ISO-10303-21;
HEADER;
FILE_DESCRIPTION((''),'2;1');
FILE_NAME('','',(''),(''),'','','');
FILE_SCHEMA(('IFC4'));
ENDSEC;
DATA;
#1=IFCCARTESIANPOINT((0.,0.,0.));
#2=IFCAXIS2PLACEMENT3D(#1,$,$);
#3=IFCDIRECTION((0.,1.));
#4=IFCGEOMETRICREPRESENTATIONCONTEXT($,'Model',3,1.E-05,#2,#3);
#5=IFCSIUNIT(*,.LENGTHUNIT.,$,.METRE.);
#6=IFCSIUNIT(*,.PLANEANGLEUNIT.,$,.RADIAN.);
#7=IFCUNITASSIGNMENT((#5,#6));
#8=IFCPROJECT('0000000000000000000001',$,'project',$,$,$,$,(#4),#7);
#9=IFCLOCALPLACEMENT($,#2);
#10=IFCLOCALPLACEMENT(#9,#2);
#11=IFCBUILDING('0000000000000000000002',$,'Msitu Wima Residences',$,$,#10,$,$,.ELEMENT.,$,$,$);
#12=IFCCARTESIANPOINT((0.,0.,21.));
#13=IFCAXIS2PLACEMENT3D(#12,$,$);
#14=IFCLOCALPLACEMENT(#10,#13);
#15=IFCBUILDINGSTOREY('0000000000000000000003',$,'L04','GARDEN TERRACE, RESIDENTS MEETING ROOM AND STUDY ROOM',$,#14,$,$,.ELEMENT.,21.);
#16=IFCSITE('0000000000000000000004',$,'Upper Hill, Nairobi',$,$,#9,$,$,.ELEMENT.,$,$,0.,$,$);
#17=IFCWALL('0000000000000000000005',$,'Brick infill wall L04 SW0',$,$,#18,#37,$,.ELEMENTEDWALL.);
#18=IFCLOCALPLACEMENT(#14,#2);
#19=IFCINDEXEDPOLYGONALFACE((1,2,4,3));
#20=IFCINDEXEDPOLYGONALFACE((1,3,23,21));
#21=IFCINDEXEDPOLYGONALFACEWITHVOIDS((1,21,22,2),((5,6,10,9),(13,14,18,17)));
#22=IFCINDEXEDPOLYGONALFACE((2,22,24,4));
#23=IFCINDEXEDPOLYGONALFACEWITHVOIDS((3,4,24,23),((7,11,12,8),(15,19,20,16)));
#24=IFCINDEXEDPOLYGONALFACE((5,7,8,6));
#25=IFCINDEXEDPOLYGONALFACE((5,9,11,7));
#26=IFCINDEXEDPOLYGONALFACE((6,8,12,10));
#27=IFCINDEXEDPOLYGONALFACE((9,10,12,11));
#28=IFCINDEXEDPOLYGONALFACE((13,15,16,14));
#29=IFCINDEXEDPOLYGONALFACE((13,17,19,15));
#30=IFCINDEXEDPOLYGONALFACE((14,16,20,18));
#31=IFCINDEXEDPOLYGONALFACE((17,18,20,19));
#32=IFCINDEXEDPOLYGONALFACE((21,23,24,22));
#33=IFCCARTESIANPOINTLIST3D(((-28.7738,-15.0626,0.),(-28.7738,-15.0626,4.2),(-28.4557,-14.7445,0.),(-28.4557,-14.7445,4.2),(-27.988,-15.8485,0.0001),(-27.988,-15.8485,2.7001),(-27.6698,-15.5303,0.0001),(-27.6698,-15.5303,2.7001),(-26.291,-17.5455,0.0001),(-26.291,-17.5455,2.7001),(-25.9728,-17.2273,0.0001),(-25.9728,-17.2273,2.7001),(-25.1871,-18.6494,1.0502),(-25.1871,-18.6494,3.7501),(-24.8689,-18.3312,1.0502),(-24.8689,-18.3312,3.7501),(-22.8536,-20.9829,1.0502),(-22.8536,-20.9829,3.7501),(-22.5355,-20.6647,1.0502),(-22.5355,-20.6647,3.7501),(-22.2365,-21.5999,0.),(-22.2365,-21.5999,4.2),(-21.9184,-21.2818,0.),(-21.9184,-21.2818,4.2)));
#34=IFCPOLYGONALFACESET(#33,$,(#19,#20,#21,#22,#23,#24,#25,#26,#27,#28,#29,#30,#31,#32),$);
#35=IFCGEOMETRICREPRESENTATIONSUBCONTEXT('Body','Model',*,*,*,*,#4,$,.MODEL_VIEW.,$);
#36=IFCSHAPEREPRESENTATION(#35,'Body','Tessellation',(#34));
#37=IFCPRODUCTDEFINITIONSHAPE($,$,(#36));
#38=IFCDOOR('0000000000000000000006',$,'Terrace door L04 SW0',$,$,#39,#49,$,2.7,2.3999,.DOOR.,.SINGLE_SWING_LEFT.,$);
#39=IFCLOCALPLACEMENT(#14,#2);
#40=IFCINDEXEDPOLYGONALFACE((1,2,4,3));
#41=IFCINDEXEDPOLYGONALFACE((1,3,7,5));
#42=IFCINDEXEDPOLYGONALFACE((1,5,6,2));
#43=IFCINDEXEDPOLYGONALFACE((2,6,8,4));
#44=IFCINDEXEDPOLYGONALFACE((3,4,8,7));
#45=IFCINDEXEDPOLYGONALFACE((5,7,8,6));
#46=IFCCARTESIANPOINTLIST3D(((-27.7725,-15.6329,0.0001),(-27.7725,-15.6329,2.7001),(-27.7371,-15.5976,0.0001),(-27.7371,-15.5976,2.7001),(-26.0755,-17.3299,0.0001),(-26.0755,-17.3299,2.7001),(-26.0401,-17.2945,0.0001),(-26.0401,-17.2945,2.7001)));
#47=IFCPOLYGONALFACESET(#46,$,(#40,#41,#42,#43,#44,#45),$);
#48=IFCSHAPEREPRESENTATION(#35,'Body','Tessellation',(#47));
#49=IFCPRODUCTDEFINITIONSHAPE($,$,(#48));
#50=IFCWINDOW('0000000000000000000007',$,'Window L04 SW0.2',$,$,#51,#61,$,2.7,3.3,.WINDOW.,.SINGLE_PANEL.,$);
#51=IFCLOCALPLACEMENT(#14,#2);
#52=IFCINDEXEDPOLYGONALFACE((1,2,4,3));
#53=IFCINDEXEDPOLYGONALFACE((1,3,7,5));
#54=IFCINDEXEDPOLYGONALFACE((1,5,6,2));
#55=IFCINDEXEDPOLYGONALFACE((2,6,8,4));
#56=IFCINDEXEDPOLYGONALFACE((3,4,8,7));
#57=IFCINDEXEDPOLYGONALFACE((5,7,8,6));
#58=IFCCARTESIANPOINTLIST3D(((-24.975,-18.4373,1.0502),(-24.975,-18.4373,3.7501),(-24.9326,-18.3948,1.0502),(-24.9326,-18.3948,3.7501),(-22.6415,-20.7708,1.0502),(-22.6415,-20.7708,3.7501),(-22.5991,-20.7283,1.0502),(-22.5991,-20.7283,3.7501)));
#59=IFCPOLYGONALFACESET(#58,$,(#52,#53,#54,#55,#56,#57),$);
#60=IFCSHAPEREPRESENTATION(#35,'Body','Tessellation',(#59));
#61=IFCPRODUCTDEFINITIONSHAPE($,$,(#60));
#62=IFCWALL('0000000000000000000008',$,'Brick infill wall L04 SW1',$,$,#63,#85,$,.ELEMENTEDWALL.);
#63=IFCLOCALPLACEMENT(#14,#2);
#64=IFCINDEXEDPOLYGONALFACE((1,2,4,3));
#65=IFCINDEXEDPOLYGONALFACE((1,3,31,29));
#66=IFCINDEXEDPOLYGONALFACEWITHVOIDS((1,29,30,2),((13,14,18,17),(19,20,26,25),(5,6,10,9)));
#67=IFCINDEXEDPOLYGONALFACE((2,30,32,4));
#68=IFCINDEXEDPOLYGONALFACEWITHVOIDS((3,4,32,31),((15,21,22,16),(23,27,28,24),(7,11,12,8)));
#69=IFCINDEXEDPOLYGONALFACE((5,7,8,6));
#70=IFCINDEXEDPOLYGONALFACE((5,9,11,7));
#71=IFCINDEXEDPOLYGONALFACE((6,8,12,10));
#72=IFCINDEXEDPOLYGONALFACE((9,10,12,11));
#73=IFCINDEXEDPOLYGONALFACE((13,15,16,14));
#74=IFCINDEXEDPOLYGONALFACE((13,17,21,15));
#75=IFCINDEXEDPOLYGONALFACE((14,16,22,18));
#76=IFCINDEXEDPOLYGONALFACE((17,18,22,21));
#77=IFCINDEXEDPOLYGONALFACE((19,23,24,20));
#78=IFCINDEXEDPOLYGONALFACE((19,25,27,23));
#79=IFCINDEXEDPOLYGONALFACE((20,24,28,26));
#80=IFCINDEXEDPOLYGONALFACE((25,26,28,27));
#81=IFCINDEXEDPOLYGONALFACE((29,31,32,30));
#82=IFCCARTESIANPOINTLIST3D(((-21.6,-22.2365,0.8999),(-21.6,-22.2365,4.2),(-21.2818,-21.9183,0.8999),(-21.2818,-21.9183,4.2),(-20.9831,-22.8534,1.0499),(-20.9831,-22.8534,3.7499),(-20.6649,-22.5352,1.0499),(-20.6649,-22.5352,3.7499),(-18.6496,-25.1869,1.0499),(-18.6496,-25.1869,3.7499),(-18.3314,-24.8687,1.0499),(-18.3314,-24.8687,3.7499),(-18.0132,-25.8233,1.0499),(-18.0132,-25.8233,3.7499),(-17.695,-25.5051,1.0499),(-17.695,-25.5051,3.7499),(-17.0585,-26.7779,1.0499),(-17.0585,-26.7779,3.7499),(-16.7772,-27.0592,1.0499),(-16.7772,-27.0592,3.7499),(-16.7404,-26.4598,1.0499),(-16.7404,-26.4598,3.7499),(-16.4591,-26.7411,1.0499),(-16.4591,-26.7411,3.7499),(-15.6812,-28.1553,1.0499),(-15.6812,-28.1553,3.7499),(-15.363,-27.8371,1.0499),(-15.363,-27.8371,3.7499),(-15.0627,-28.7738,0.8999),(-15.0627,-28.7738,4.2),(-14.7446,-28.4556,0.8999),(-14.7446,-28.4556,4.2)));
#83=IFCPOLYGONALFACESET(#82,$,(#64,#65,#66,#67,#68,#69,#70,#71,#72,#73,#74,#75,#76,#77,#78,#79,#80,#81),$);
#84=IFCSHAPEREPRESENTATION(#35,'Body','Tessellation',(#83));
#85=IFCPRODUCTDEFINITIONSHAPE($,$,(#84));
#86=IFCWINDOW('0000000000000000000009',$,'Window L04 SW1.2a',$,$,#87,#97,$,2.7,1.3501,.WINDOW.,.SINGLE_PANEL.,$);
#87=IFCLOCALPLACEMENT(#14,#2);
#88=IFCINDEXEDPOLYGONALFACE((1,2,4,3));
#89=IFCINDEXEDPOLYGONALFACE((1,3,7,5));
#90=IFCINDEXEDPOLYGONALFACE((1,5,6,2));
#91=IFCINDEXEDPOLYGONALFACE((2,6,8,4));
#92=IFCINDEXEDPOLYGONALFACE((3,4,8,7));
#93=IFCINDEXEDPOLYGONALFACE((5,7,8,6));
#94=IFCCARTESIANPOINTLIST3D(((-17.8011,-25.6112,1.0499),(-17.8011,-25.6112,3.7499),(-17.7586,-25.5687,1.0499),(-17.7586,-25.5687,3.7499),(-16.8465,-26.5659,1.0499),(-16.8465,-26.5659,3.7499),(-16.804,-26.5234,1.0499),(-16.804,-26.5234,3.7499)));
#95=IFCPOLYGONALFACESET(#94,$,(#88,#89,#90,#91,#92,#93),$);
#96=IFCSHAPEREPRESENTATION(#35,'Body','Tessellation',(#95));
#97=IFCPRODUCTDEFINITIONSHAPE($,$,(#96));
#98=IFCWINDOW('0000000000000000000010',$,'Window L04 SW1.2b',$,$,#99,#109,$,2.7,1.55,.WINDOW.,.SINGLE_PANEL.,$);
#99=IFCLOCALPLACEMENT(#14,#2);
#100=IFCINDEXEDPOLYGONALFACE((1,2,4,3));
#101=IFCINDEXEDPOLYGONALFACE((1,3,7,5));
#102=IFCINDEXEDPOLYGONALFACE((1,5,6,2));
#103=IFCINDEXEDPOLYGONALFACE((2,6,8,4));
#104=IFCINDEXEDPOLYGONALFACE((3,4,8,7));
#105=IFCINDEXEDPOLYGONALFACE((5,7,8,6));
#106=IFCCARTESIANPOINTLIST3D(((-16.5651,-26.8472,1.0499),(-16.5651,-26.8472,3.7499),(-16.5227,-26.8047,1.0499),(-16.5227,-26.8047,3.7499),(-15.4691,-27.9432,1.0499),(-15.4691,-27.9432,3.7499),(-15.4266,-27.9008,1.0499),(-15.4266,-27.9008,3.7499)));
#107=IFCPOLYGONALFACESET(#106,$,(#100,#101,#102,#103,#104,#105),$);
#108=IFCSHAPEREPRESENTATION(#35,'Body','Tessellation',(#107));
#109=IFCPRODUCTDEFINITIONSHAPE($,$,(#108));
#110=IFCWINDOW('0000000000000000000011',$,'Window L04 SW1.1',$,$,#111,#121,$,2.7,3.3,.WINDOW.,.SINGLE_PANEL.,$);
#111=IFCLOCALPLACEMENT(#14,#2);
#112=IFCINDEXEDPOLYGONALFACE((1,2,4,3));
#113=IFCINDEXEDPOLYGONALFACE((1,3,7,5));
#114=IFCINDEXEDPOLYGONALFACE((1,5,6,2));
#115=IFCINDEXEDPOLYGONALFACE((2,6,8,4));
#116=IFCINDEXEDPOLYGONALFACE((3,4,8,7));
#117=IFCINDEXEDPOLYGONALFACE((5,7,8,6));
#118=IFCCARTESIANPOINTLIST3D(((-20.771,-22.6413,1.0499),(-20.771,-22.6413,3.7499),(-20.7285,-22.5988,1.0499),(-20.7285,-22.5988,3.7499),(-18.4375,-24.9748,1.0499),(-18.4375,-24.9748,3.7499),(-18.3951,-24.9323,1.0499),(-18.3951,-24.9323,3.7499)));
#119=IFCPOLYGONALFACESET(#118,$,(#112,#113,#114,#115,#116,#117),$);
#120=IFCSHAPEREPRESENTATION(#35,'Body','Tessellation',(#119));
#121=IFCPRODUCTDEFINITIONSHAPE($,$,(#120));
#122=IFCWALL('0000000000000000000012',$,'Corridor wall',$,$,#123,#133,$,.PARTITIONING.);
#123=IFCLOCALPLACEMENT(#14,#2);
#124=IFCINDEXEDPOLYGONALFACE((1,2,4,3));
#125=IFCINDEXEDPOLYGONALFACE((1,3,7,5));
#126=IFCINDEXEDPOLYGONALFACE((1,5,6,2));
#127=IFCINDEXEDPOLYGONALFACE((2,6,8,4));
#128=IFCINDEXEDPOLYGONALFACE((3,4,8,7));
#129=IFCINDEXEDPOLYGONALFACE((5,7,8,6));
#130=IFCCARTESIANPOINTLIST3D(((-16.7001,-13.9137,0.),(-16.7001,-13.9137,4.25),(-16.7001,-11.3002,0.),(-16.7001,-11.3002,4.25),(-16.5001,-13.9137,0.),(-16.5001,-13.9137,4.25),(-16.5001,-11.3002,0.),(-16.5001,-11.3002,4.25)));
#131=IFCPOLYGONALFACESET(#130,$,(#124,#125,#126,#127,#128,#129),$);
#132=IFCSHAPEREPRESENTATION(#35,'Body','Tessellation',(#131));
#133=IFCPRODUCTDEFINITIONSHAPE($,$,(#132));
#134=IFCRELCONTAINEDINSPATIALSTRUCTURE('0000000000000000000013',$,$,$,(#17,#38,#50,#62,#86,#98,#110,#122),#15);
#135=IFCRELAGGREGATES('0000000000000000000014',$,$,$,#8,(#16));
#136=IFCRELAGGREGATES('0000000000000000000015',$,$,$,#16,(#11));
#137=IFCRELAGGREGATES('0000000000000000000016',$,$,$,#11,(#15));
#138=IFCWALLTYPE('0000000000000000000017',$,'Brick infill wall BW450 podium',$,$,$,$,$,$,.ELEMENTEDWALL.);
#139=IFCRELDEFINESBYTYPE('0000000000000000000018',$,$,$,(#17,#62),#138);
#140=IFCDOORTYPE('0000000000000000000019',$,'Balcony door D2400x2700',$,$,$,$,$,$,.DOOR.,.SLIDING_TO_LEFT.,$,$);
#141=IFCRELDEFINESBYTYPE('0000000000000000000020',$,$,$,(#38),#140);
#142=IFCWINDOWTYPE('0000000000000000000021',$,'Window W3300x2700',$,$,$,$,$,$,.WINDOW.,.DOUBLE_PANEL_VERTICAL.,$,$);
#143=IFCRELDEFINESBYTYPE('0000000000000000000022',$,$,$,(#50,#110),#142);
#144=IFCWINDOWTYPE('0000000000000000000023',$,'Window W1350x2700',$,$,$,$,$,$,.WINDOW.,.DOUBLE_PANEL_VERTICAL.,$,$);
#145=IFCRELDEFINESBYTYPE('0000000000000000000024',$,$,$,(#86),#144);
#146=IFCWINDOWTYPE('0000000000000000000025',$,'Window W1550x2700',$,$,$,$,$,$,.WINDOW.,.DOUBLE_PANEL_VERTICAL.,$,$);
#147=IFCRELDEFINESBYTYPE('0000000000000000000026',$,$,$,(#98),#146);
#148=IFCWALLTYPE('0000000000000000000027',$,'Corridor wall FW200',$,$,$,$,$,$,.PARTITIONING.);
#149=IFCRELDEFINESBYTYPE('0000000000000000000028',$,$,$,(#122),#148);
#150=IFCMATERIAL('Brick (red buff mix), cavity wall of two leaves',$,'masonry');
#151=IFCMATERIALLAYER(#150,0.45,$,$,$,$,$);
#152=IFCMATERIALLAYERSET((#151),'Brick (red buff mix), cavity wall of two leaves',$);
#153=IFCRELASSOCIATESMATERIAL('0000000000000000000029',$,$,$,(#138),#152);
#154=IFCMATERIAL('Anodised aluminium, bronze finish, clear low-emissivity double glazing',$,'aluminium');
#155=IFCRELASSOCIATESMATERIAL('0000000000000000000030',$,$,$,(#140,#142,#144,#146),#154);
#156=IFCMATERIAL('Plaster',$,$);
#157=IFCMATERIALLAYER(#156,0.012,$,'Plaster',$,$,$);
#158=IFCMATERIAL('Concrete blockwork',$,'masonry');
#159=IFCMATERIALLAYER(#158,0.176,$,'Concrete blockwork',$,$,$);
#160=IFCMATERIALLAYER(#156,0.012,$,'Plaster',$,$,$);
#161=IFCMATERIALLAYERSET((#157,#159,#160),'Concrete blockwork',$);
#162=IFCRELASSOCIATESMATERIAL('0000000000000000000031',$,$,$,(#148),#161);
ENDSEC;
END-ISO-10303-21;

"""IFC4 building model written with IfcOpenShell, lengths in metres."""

from ifc_helpers import new_model, si_unit, direction, frame, frame_2d, origin, place, context, subcontext, project, spatial, rectangle, extrude, material, layer, layer_set, type_object, element, fill, save


model = new_model("IFC4")

# Units and contexts
model_context = context("Model", 3, precision=1e-05, world=origin(), true_north=direction((0.0, 1.0)))
body_context = subcontext(model_context, "Body", "Model", "MODEL_VIEW")
ifc_project = project(units=[si_unit("LENGTHUNIT", "METRE"), si_unit("PLANEANGLEUNIT", "RADIAN")], contexts=[model_context])

# Site, building, storey
site_placement = place(None, origin())
site = spatial("IfcSite", under=ifc_project, at=site_placement, Name="Upper Hill, Nairobi", CompositionType="ELEMENT", RefElevation=0.0)
building_placement = place(site_placement, origin())
building = spatial("IfcBuilding", under=site, at=building_placement, Name="Msitu Wima Residences", CompositionType="ELEMENT")
storey_placement = place(building_placement, frame((0.0, 0.0, 21.0)))
storey = spatial("IfcBuildingStorey", under=building, at=storey_placement, Name="L04", Description="GARDEN TERRACE, RESIDENTS MEETING ROOM AND STUDY ROOM", CompositionType="ELEMENT", Elevation=21.0)

# Wall, openings, door, window
ifc_material_1 = material(Name="Brick (red buff mix), cavity wall of two leaves", Category="masonry")
ifc_layer_1 = layer(ifc_material_1, 0.45)
ifc_layer_set_1 = layer_set([ifc_layer_1], Name="Brick (red buff mix), cavity wall of two leaves")
wall_type_1 = type_object("IfcWallType", Name="Brick infill wall BW450 podium", PredefinedType="ELEMENTEDWALL", material=ifc_layer_set_1)
wall_1_placement = place(storey_placement, frame((-28.6147, -14.9036, 0.0), z_axis=(0.0, 0.0, 1.0), x_axis=(0.707107, -0.707107, 0.0)))
wall_1 = element("IfcWall", 1, at=wall_1_placement, inside=storey, type_object=wall_type_1, Name="Brick infill wall L04 SW0", PredefinedType="ELEMENTEDWALL", context=body_context, shape_type="SweptSolid", body=[
    extrude(rectangle(XDim=9.2451, YDim=0.45, at=frame_2d((4.6226, 0.0))), origin(), (0.0, 0.0, 1.0), 4.2),
])
opening_1_placement = place(wall_1_placement, frame((1.1113, 0.0, 0.0)))
opening_1 = element("IfcOpeningElement", 2, at=opening_1_placement, cuts=wall_1, PredefinedType="OPENING", context=body_context, shape_type="SweptSolid", body=[
    extrude(rectangle(XDim=2.3999, YDim=2.7, at=frame_2d((1.2, 1.3501))), frame((0.0, 0.2349, 0.0), z_axis=(0.0, -1.0, 0.0), x_axis=(1.0, 0.0, 0.0)), (0.0, 0.0, 1.0), 0.47),
])
opening_2_placement = place(wall_1_placement, frame((5.0725, 0.0, 1.05)))
opening_2 = element("IfcOpeningElement", 3, at=opening_2_placement, cuts=wall_1, PredefinedType="OPENING", context=body_context, shape_type="SweptSolid", body=[
    extrude(rectangle(XDim=3.3, YDim=2.7, at=frame_2d((1.6499, 1.3501))), frame((0.0, 0.2349, 0.0), z_axis=(0.0, -1.0, 0.0), x_axis=(1.0, 0.0, 0.0)), (0.0, 0.0, 1.0), 0.47),
])
ifc_material_2 = material(Name="Anodised aluminium, bronze finish, clear low-emissivity double glazing", Category="aluminium")
door_type_1 = type_object("IfcDoorType", Name="Balcony door D2400x2700", OperationType="SLIDING_TO_LEFT", PredefinedType="DOOR", material=ifc_material_2)
door_1_placement = place(opening_1_placement, origin())
door_1 = element("IfcDoor", 4, at=door_1_placement, inside=storey, type_object=door_type_1, Name="Terrace door L04 SW0", OperationType="SINGLE_SWING_LEFT", OverallHeight=2.7, OverallWidth=2.3999, PredefinedType="DOOR", context=body_context, shape_type="SweptSolid", body=[
    extrude(rectangle(XDim=2.3999, YDim=2.7, at=frame_2d((1.2, 1.3501))), frame((0.0, 0.1299, 0.0), z_axis=(0.0, -1.0, 0.0), x_axis=(1.0, 0.0, 0.0)), (0.0, 0.0, 1.0), 0.05),
])
fill(opening_1, door_1)
window_type_1 = type_object("IfcWindowType", Name="Window W3300x2700", PartitioningType="DOUBLE_PANEL_VERTICAL", PredefinedType="WINDOW", material=ifc_material_2)
window_1_placement = place(opening_2_placement, origin())
window_1 = element("IfcWindow", 5, at=window_1_placement, inside=storey, type_object=window_type_1, Name="Window L04 SW0.2", OverallHeight=2.7, OverallWidth=3.3, PartitioningType="SINGLE_PANEL", PredefinedType="WINDOW", context=body_context, shape_type="SweptSolid", body=[
    extrude(rectangle(XDim=3.3, YDim=2.7, at=frame_2d((1.6499, 1.3501))), frame((0.0, 0.135, 0.0), z_axis=(0.0, -1.0, 0.0), x_axis=(1.0, 0.0, 0.0)), (0.0, 0.0, 1.0), 0.0601),
])
fill(opening_2, window_1)

# Wall, openings, windows
wall_2_placement = place(storey_placement, frame((-21.4409, -22.0774, 0.8999), z_axis=(0.0, 0.0, 1.0), x_axis=(0.707107, -0.707107, 0.0)))
wall_2 = element("IfcWall", 6, at=wall_2_placement, inside=storey, type_object=wall_type_1, Name="Brick infill wall L04 SW1", PredefinedType="ELEMENTEDWALL", context=body_context, shape_type="SweptSolid", body=[
    extrude(rectangle(XDim=9.2451, YDim=0.45, at=frame_2d((4.6226, 0.0))), origin(), (0.0, 0.0, 1.0), 3.3),
])
opening_3_placement = place(wall_2_placement, frame((0.8726, 0.0, 0.1499)))
opening_3 = element("IfcOpeningElement", 7, at=opening_3_placement, cuts=wall_2, PredefinedType="OPENING", context=body_context, shape_type="SweptSolid", body=[
    extrude(rectangle(XDim=3.3, YDim=2.7, at=frame_2d((1.6499, 1.3501))), frame((0.0, 0.2349, 0.0), z_axis=(0.0, -1.0, 0.0), x_axis=(1.0, 0.0, 0.0)), (0.0, 0.0, 1.0), 0.47),
])
opening_4_placement = place(wall_2_placement, frame((5.0725, 0.0, 0.1499)))
opening_4 = element("IfcOpeningElement", 8, at=opening_4_placement, cuts=wall_2, PredefinedType="OPENING", context=body_context, shape_type="SweptSolid", body=[
    extrude(rectangle(XDim=1.3501, YDim=2.7, at=frame_2d((0.675, 1.3501))), frame((0.0, 0.2349, 0.0), z_axis=(0.0, -1.0, 0.0), x_axis=(1.0, 0.0, 0.0)), (0.0, 0.0, 1.0), 0.47),
])
opening_5_placement = place(wall_2_placement, frame((6.8206, 0.0, 0.1499)))
opening_5 = element("IfcOpeningElement", 9, at=opening_5_placement, cuts=wall_2, PredefinedType="OPENING", context=body_context, shape_type="SweptSolid", body=[
    extrude(rectangle(XDim=1.55, YDim=2.7, at=frame_2d((0.7749, 1.3501))), frame((0.0, 0.2349, 0.0), z_axis=(0.0, -1.0, 0.0), x_axis=(1.0, 0.0, 0.0)), (0.0, 0.0, 1.0), 0.47),
])
window_type_2 = type_object("IfcWindowType", Name="Window W1350x2700", PartitioningType="DOUBLE_PANEL_VERTICAL", PredefinedType="WINDOW", material=ifc_material_2)
window_2_placement = place(opening_4_placement, origin())
window_2 = element("IfcWindow", 10, at=window_2_placement, inside=storey, type_object=window_type_2, Name="Window L04 SW1.2a", OverallHeight=2.7, OverallWidth=1.3501, PartitioningType="SINGLE_PANEL", PredefinedType="WINDOW", context=body_context, shape_type="SweptSolid", body=[
    extrude(rectangle(XDim=1.3501, YDim=2.7, at=frame_2d((0.675, 1.3501))), frame((0.0, 0.135, 0.0), z_axis=(0.0, -1.0, 0.0), x_axis=(1.0, 0.0, 0.0)), (0.0, 0.0, 1.0), 0.0601),
])
fill(opening_4, window_2)
window_type_3 = type_object("IfcWindowType", Name="Window W1550x2700", PartitioningType="DOUBLE_PANEL_VERTICAL", PredefinedType="WINDOW", material=ifc_material_2)
window_3_placement = place(opening_5_placement, origin())
window_3 = element("IfcWindow", 11, at=window_3_placement, inside=storey, type_object=window_type_3, Name="Window L04 SW1.2b", OverallHeight=2.7, OverallWidth=1.55, PartitioningType="SINGLE_PANEL", PredefinedType="WINDOW", context=body_context, shape_type="SweptSolid", body=[
    extrude(rectangle(XDim=1.55, YDim=2.7, at=frame_2d((0.7749, 1.3501))), frame((0.0, 0.135, 0.0), z_axis=(0.0, -1.0, 0.0), x_axis=(1.0, 0.0, 0.0)), (0.0, 0.0, 1.0), 0.0601),
])
fill(opening_5, window_3)
window_4_placement = place(opening_3_placement, origin())
window_4 = element("IfcWindow", 12, at=window_4_placement, inside=storey, type_object=window_type_1, Name="Window L04 SW1.1", OverallHeight=2.7, OverallWidth=3.3, PartitioningType="SINGLE_PANEL", PredefinedType="WINDOW", context=body_context, shape_type="SweptSolid", body=[
    extrude(rectangle(XDim=3.3, YDim=2.7, at=frame_2d((1.6499, 1.3501))), frame((0.0, 0.135, 0.0), z_axis=(0.0, -1.0, 0.0), x_axis=(1.0, 0.0, 0.0)), (0.0, 0.0, 1.0), 0.0601),
])
fill(opening_3, window_4)

# Wall
ifc_material_3 = material(Name="Plaster")
ifc_layer_2 = layer(ifc_material_3, 0.012, Name="Plaster")
ifc_material_4 = material(Name="Concrete blockwork", Category="masonry")
ifc_layer_3 = layer(ifc_material_4, 0.176, Name="Concrete blockwork")
ifc_layer_4 = layer(ifc_material_3, 0.012, Name="Plaster")
ifc_layer_set_2 = layer_set([ifc_layer_2, ifc_layer_3, ifc_layer_4], Name="Concrete blockwork")
wall_type_2 = type_object("IfcWallType", Name="Corridor wall FW200", PredefinedType="PARTITIONING", material=ifc_layer_set_2)
wall_3_placement = place(storey_placement, frame((-16.6001, -13.9136, 0.0), z_axis=(0.0, 0.0, 1.0), x_axis=(0.0, 1.0, 0.0)))
element("IfcWall", 13, at=wall_3_placement, inside=storey, type_object=wall_type_2, Name="Corridor wall", PredefinedType="PARTITIONING", context=body_context, shape_type="SweptSolid", body=[
    extrude(rectangle(XDim=2.6135, YDim=0.2, at=frame_2d((1.3066, 0.0))), origin(), (0.0, 0.0, 1.0), 4.25),
])

save(model, "model.ifc")
